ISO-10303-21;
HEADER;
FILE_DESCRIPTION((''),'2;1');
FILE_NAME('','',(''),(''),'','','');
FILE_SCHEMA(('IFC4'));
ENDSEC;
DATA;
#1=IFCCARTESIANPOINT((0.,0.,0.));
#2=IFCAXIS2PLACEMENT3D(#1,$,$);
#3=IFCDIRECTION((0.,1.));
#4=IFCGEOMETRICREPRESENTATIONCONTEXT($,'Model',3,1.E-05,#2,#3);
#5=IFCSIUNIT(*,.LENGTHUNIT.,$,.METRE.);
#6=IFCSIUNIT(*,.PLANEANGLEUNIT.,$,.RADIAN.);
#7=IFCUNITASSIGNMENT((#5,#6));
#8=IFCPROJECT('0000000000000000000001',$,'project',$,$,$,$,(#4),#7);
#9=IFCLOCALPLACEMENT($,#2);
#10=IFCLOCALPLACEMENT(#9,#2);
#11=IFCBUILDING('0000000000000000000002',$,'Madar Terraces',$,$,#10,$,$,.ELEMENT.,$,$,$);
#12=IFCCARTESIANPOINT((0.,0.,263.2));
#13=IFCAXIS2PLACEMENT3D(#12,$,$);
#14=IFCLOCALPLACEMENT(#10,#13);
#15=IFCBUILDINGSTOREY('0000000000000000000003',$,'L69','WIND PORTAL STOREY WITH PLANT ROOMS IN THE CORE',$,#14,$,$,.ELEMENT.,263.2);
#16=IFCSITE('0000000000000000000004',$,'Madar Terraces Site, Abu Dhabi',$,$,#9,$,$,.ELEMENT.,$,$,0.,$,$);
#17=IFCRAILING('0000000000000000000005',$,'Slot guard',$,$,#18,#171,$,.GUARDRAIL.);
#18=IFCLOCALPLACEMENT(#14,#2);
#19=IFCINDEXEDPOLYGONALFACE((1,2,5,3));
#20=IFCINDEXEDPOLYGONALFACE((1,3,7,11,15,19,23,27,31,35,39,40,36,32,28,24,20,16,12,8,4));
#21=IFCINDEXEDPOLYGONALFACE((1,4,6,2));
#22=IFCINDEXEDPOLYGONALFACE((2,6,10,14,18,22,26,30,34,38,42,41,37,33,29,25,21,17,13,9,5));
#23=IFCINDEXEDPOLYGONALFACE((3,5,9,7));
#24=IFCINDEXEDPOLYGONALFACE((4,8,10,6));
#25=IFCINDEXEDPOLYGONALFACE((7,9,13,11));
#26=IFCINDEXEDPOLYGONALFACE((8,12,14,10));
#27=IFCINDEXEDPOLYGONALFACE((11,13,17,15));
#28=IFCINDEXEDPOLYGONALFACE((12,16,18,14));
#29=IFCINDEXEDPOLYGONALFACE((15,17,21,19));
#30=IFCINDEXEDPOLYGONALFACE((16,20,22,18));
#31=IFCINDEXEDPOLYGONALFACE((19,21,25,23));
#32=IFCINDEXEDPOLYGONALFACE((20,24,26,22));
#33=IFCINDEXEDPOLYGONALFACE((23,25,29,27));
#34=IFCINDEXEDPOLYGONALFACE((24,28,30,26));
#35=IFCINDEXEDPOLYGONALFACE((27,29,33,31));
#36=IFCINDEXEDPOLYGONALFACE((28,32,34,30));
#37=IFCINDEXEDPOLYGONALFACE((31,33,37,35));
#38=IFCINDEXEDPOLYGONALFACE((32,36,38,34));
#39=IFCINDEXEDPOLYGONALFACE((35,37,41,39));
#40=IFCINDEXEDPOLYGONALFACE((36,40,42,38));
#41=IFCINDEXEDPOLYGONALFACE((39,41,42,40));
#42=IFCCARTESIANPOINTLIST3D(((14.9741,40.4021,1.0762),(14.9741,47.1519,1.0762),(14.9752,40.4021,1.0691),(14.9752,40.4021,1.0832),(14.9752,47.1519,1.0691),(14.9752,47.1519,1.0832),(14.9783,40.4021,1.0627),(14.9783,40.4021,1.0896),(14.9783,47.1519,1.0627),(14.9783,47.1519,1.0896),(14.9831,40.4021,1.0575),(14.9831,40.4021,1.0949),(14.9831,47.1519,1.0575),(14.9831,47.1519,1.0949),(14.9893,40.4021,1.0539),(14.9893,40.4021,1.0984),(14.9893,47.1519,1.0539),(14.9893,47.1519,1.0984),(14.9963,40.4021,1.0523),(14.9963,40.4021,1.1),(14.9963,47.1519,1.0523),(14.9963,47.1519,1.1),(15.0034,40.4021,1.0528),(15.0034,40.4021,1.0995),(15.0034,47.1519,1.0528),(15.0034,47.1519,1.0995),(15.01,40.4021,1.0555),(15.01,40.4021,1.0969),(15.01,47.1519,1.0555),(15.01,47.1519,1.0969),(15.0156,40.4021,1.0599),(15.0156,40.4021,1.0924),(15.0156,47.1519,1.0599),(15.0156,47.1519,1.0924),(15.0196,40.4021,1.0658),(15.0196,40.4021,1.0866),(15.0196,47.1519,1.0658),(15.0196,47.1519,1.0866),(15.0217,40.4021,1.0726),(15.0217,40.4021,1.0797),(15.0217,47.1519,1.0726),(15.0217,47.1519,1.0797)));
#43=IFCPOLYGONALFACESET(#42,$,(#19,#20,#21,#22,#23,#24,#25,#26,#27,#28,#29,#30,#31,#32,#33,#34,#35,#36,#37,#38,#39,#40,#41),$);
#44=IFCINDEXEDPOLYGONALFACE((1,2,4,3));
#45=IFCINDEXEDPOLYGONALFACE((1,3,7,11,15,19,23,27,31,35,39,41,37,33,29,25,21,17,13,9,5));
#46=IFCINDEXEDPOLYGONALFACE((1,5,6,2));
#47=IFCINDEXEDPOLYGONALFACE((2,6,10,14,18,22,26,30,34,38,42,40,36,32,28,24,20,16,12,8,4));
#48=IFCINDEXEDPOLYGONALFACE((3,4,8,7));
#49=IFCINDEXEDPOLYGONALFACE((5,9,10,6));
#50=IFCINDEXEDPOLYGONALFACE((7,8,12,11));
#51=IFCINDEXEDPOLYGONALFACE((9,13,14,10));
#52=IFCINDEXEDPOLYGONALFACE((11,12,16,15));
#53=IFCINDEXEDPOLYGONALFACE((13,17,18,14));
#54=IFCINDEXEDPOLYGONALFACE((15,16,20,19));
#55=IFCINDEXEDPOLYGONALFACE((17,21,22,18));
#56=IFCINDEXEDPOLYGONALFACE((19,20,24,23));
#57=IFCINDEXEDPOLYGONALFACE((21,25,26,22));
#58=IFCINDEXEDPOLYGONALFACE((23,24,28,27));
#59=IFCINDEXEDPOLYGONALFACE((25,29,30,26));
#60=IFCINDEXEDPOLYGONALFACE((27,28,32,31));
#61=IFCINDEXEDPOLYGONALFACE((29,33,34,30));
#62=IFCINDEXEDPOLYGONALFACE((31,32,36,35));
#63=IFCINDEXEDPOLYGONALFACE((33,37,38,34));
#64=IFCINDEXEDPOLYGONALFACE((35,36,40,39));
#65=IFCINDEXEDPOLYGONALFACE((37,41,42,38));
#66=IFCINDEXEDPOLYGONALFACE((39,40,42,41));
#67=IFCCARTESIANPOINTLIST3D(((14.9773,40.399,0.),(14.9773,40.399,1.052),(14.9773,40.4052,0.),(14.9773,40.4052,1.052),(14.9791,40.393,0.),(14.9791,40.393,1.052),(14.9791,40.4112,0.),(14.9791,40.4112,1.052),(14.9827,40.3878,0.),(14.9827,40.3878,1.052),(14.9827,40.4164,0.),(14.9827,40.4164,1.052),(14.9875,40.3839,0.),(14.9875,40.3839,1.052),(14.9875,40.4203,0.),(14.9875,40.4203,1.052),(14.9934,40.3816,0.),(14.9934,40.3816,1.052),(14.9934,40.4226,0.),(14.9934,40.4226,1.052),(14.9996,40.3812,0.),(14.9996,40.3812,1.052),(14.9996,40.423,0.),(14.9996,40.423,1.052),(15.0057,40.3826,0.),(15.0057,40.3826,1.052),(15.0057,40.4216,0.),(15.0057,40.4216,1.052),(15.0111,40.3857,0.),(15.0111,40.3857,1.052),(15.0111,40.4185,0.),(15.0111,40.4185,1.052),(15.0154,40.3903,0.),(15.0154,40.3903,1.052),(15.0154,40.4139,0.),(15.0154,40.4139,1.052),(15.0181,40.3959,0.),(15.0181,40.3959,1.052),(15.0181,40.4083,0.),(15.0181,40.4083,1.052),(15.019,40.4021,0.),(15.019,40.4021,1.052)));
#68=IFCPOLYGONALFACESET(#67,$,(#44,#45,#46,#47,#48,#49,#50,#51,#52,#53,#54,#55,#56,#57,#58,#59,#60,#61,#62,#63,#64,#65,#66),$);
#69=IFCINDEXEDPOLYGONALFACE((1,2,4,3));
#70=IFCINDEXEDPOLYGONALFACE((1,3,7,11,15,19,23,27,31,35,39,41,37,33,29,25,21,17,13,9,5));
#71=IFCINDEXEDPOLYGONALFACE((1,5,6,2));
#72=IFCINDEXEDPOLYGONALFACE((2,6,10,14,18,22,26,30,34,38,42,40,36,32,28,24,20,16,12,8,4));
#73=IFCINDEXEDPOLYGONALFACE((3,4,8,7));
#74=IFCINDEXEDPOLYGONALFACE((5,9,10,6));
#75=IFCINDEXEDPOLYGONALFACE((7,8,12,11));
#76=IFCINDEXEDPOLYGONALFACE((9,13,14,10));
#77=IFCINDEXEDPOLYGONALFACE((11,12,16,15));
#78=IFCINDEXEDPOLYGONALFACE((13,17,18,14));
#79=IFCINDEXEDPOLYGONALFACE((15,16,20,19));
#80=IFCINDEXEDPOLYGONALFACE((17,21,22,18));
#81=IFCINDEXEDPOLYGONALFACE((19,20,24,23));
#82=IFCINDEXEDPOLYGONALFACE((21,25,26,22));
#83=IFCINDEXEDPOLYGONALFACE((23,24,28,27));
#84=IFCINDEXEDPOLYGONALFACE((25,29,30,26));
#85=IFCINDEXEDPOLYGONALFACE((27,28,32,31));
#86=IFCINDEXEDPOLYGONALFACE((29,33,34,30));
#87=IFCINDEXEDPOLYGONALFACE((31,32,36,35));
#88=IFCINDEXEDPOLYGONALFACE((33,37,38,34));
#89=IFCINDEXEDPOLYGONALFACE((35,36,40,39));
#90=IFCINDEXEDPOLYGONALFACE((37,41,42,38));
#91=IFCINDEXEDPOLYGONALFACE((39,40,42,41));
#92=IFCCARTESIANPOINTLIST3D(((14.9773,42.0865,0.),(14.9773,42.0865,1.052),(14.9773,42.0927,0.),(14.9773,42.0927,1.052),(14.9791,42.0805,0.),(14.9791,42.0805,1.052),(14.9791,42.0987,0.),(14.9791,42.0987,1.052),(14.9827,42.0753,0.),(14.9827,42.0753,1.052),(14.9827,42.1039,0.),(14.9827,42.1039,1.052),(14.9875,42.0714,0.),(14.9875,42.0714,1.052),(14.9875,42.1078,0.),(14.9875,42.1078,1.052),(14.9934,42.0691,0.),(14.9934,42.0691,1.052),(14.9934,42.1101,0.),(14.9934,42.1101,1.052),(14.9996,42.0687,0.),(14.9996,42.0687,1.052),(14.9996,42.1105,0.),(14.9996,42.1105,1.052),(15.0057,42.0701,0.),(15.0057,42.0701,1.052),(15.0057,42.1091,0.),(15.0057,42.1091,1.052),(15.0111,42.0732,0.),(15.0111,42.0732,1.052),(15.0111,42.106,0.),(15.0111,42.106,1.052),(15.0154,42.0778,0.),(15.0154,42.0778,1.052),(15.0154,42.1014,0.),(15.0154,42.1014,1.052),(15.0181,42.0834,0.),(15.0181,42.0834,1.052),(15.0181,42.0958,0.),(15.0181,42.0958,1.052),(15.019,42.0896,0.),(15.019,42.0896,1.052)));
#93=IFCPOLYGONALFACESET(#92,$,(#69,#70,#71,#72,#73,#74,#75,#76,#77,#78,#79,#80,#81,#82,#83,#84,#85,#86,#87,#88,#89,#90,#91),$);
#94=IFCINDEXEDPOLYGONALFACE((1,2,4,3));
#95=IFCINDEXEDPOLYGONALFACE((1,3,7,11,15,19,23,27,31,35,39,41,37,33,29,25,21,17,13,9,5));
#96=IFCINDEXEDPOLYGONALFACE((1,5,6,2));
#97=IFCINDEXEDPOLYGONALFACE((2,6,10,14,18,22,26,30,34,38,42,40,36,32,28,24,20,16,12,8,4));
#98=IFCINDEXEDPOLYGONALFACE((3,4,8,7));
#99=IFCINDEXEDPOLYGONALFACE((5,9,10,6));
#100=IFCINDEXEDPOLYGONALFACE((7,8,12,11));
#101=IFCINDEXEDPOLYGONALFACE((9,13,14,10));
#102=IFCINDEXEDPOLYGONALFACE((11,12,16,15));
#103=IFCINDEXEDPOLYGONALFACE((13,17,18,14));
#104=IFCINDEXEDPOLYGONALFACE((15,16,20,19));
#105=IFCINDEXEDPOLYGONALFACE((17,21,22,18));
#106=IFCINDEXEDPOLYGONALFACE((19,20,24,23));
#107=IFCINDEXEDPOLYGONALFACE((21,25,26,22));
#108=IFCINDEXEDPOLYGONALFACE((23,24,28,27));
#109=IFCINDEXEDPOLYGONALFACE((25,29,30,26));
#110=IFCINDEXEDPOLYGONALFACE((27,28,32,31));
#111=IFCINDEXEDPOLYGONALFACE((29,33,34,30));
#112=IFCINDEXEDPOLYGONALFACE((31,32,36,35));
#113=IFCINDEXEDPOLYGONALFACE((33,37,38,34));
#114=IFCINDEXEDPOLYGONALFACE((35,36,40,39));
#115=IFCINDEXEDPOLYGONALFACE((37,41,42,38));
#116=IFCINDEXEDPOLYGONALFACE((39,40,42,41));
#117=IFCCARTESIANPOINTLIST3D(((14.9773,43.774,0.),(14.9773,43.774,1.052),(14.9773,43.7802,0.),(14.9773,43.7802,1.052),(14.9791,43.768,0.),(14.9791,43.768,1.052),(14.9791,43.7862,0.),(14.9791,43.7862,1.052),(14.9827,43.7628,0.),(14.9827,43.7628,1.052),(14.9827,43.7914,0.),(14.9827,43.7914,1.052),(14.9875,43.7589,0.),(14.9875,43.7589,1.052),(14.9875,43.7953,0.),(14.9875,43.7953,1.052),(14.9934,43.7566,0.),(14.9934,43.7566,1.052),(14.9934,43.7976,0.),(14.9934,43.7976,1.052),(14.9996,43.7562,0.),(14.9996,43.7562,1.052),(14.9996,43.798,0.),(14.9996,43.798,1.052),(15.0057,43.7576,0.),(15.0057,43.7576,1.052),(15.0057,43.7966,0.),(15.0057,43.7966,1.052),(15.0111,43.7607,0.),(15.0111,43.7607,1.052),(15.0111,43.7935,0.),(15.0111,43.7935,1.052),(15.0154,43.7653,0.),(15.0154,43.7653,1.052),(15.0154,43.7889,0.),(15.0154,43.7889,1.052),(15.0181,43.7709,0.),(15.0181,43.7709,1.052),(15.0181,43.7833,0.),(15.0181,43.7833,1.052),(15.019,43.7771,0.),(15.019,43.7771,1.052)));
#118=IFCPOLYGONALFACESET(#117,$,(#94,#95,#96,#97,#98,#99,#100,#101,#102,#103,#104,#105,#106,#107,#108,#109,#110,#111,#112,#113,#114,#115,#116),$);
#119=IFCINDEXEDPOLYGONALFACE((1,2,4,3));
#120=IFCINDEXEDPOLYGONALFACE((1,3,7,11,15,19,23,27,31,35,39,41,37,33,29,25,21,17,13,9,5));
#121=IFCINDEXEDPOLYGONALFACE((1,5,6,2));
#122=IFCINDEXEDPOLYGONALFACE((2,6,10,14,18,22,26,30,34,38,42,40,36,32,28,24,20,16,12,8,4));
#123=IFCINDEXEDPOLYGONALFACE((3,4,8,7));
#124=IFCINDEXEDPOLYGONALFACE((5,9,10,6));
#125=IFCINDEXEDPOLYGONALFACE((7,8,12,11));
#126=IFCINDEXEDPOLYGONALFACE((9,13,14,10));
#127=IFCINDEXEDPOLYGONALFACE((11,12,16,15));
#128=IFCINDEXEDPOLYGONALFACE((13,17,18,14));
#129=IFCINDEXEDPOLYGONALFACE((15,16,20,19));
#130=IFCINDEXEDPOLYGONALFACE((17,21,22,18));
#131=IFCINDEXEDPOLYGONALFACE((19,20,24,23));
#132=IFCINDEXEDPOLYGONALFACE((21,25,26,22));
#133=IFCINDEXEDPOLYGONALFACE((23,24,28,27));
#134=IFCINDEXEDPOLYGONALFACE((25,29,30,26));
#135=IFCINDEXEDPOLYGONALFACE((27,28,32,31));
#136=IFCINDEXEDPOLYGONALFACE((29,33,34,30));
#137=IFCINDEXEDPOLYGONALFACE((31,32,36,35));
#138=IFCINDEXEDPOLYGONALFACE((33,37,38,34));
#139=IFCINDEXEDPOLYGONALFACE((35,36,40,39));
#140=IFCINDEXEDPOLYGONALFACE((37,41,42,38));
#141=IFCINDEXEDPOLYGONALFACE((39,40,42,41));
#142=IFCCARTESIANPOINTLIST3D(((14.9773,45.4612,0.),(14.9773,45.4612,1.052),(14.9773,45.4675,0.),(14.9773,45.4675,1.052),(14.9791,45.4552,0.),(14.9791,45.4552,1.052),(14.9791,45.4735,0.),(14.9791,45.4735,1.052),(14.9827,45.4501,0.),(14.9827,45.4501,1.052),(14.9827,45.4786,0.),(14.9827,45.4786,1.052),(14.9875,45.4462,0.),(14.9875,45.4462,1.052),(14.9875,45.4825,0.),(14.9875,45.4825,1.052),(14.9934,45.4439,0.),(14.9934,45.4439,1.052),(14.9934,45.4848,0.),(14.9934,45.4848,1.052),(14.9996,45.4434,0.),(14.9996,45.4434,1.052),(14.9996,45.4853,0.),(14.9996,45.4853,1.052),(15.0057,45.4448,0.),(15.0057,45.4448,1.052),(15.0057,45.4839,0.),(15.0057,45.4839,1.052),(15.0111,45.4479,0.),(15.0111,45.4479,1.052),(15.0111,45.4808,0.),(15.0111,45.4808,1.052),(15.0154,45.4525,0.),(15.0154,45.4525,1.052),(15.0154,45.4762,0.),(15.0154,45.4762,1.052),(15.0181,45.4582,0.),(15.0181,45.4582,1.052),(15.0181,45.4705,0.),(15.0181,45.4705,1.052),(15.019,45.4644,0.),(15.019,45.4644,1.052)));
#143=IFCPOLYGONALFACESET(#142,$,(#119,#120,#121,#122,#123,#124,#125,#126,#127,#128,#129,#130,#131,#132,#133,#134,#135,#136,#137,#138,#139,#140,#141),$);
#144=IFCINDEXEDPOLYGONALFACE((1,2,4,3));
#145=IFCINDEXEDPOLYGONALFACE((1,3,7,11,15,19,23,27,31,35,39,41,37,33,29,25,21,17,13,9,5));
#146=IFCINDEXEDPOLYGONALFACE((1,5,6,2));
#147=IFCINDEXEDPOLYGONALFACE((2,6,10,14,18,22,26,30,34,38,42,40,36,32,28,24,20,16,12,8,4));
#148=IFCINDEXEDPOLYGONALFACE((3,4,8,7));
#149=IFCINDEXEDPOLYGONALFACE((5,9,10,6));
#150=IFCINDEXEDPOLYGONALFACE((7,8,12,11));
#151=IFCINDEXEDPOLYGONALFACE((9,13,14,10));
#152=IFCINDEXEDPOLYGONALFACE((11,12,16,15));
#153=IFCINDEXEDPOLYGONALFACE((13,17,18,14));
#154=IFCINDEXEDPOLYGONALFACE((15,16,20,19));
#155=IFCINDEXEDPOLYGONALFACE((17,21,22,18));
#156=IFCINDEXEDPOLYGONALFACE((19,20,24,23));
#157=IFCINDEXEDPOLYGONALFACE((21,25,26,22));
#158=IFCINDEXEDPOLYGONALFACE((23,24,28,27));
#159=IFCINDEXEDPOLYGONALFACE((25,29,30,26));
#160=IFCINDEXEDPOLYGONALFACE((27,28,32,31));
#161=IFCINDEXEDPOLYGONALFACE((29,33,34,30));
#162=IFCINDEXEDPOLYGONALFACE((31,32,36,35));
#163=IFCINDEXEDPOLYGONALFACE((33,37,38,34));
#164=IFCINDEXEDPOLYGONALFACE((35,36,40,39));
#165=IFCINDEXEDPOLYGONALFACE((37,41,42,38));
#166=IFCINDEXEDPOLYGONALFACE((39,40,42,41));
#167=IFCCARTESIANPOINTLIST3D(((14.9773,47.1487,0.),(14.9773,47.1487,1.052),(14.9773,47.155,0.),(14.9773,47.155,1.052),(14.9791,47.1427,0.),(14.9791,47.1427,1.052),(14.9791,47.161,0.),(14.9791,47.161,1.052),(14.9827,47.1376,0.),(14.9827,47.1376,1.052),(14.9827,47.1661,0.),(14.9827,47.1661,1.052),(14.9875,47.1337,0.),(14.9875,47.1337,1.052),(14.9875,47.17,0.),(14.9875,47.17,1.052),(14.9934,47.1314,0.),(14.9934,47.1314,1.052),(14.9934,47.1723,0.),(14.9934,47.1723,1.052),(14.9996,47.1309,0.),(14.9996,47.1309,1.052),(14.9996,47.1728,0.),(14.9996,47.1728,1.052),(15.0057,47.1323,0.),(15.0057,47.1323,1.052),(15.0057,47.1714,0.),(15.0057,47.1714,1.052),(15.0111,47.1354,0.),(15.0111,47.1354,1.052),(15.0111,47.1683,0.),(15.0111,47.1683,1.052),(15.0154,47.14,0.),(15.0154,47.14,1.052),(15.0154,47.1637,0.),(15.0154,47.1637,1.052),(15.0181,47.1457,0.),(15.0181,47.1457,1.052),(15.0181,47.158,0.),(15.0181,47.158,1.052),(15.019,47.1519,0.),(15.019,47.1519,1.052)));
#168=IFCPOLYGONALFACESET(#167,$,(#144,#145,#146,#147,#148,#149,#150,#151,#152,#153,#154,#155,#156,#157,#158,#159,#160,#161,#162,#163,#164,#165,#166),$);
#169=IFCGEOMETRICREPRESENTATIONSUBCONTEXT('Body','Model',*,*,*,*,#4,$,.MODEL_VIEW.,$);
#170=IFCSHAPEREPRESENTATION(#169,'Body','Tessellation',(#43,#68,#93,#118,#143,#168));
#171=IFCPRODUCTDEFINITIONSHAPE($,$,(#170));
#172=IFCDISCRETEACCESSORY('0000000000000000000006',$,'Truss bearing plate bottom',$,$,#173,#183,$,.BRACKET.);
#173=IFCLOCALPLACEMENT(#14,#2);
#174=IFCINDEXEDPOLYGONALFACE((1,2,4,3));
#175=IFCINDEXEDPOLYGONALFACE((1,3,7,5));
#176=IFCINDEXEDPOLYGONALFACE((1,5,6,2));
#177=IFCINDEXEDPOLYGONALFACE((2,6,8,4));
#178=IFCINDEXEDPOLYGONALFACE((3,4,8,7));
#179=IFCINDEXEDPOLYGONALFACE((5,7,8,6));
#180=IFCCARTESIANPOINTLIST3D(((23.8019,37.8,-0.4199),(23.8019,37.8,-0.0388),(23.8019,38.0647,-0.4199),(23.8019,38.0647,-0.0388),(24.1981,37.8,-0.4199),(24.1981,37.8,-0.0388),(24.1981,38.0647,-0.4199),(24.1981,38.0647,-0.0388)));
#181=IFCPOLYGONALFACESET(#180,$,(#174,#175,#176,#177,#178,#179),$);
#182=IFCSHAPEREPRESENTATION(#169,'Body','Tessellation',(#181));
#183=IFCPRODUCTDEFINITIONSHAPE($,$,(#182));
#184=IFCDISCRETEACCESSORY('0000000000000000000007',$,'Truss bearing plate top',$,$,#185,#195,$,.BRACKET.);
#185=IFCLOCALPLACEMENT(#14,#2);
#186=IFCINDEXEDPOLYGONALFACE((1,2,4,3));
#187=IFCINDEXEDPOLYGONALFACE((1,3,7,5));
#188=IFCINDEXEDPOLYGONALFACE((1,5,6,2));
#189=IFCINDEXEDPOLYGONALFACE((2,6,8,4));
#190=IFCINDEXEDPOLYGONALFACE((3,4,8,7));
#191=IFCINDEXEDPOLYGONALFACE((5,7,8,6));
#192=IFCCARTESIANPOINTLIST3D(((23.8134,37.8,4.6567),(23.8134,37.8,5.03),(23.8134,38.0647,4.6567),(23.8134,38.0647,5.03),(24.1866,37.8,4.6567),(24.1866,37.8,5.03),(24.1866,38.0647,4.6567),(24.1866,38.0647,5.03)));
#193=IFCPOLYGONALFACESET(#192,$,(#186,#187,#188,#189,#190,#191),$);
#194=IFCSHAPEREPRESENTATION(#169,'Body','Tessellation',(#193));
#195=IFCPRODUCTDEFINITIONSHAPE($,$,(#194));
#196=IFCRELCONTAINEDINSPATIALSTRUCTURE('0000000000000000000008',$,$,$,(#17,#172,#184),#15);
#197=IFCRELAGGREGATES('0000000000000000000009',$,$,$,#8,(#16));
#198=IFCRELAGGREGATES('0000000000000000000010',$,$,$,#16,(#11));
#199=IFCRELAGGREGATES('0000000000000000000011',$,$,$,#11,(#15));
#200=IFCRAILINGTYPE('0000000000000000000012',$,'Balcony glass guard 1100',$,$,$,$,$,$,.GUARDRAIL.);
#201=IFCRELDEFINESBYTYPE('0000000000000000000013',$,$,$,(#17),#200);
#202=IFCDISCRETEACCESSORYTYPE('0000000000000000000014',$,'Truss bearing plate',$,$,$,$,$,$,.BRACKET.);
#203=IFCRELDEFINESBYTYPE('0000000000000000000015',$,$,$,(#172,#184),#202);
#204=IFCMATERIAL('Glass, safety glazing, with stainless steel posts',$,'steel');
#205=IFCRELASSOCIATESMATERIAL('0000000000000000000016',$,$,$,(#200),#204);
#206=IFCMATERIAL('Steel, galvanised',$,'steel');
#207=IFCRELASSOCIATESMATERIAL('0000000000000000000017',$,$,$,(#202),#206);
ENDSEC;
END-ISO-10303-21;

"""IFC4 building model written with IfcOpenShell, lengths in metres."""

from ifc_helpers import new_model, si_unit, direction, frame, origin, origin_2d, place, context, subcontext, project, spatial, rectangle, circle, extrude, material, type_object, element, save


model = new_model("IFC4")

# Units and contexts
model_context = context("Model", 3, precision=1e-05, world=origin(), true_north=direction((0.0, 1.0)))
body_context = subcontext(model_context, "Body", "Model", "MODEL_VIEW")
ifc_project = project(units=[si_unit("LENGTHUNIT", "METRE"), si_unit("PLANEANGLEUNIT", "RADIAN")], contexts=[model_context])

# Site, building, storey
site_placement = place(None, origin())
site = spatial("IfcSite", under=ifc_project, at=site_placement, Name="Madar Terraces Site, Abu Dhabi", CompositionType="ELEMENT", RefElevation=0.0)
building_placement = place(site_placement, origin())
building = spatial("IfcBuilding", under=site, at=building_placement, Name="Madar Terraces", CompositionType="ELEMENT")
storey_placement = place(building_placement, frame((0.0, 0.0, 263.2)))
storey = spatial("IfcBuildingStorey", under=building, at=storey_placement, Name="L69", Description="WIND PORTAL STOREY WITH PLANT ROOMS IN THE CORE", CompositionType="ELEMENT", Elevation=263.2)

# Railing
ifc_material_1 = material(Name="Glass, safety glazing, with stainless steel posts", Category="steel")
railing_type = type_object("IfcRailingType", Name="Balcony glass guard 1100", PredefinedType="GUARDRAIL", material=ifc_material_1)
railing_placement = place(storey_placement, frame((14.998, 40.4021, 0.0)))
element("IfcRailing", 1, at=railing_placement, inside=storey, type_object=railing_type, Name="Slot guard", PredefinedType="GUARDRAIL", context=body_context, shape_type="SweptSolid", body=[
    extrude(circle(Radius=0.0239, at=origin_2d()), frame((0.0, 0.0, 1.0762), z_axis=(0.0, 1.0, 0.0), x_axis=(-1.0, 0.0, 0.0)), (0.0, 0.0, 1.0), 6.7498),
    extrude(circle(Radius=0.021, at=origin_2d()), origin(), (0.0, 0.0, 1.0), 1.052),
    extrude(circle(Radius=0.021, at=origin_2d()), frame((0.0, 1.6875, 0.0)), (0.0, 0.0, 1.0), 1.052),
    extrude(circle(Radius=0.021, at=origin_2d()), frame((0.0, 3.375, 0.0)), (0.0, 0.0, 1.0), 1.052),
    extrude(circle(Radius=0.021, at=origin_2d()), frame((0.0, 5.0623, 0.0)), (0.0, 0.0, 1.0), 1.052),
    extrude(circle(Radius=0.021, at=origin_2d()), frame((0.0, 6.7498, 0.0)), (0.0, 0.0, 1.0), 1.052),
])

# Discrete accessories
ifc_material_2 = material(Name="Steel, galvanised", Category="steel")
discrete_accessory_type = type_object("IfcDiscreteAccessoryType", Name="Truss bearing plate", PredefinedType="BRACKET", material=ifc_material_2)
discrete_accessory_1_placement = place(storey_placement, frame((24.0, 37.9324, -0.4199), z_axis=(0.0, 0.0, 1.0), x_axis=(1.0, 0.0, 0.0)))
element("IfcDiscreteAccessory", 2, at=discrete_accessory_1_placement, inside=storey, type_object=discrete_accessory_type, Name="Truss bearing plate bottom", PredefinedType="BRACKET", context=body_context, shape_type="SweptSolid", body=[
    extrude(rectangle(XDim=0.3962, YDim=0.2646, at=origin_2d()), origin(), (0.0, 0.0, 1.0), 0.3811),
])
discrete_accessory_2_placement = place(storey_placement, frame((24.0, 37.9324, 4.6567), z_axis=(0.0, 0.0, 1.0), x_axis=(1.0, 0.0, 0.0)))
element("IfcDiscreteAccessory", 3, at=discrete_accessory_2_placement, inside=storey, type_object=discrete_accessory_type, Name="Truss bearing plate top", PredefinedType="BRACKET", context=body_context, shape_type="SweptSolid", body=[
    extrude(rectangle(XDim=0.3733, YDim=0.2646, at=origin_2d()), origin(), (0.0, 0.0, 1.0), 0.3733),
])

save(model, "model.ifc")
